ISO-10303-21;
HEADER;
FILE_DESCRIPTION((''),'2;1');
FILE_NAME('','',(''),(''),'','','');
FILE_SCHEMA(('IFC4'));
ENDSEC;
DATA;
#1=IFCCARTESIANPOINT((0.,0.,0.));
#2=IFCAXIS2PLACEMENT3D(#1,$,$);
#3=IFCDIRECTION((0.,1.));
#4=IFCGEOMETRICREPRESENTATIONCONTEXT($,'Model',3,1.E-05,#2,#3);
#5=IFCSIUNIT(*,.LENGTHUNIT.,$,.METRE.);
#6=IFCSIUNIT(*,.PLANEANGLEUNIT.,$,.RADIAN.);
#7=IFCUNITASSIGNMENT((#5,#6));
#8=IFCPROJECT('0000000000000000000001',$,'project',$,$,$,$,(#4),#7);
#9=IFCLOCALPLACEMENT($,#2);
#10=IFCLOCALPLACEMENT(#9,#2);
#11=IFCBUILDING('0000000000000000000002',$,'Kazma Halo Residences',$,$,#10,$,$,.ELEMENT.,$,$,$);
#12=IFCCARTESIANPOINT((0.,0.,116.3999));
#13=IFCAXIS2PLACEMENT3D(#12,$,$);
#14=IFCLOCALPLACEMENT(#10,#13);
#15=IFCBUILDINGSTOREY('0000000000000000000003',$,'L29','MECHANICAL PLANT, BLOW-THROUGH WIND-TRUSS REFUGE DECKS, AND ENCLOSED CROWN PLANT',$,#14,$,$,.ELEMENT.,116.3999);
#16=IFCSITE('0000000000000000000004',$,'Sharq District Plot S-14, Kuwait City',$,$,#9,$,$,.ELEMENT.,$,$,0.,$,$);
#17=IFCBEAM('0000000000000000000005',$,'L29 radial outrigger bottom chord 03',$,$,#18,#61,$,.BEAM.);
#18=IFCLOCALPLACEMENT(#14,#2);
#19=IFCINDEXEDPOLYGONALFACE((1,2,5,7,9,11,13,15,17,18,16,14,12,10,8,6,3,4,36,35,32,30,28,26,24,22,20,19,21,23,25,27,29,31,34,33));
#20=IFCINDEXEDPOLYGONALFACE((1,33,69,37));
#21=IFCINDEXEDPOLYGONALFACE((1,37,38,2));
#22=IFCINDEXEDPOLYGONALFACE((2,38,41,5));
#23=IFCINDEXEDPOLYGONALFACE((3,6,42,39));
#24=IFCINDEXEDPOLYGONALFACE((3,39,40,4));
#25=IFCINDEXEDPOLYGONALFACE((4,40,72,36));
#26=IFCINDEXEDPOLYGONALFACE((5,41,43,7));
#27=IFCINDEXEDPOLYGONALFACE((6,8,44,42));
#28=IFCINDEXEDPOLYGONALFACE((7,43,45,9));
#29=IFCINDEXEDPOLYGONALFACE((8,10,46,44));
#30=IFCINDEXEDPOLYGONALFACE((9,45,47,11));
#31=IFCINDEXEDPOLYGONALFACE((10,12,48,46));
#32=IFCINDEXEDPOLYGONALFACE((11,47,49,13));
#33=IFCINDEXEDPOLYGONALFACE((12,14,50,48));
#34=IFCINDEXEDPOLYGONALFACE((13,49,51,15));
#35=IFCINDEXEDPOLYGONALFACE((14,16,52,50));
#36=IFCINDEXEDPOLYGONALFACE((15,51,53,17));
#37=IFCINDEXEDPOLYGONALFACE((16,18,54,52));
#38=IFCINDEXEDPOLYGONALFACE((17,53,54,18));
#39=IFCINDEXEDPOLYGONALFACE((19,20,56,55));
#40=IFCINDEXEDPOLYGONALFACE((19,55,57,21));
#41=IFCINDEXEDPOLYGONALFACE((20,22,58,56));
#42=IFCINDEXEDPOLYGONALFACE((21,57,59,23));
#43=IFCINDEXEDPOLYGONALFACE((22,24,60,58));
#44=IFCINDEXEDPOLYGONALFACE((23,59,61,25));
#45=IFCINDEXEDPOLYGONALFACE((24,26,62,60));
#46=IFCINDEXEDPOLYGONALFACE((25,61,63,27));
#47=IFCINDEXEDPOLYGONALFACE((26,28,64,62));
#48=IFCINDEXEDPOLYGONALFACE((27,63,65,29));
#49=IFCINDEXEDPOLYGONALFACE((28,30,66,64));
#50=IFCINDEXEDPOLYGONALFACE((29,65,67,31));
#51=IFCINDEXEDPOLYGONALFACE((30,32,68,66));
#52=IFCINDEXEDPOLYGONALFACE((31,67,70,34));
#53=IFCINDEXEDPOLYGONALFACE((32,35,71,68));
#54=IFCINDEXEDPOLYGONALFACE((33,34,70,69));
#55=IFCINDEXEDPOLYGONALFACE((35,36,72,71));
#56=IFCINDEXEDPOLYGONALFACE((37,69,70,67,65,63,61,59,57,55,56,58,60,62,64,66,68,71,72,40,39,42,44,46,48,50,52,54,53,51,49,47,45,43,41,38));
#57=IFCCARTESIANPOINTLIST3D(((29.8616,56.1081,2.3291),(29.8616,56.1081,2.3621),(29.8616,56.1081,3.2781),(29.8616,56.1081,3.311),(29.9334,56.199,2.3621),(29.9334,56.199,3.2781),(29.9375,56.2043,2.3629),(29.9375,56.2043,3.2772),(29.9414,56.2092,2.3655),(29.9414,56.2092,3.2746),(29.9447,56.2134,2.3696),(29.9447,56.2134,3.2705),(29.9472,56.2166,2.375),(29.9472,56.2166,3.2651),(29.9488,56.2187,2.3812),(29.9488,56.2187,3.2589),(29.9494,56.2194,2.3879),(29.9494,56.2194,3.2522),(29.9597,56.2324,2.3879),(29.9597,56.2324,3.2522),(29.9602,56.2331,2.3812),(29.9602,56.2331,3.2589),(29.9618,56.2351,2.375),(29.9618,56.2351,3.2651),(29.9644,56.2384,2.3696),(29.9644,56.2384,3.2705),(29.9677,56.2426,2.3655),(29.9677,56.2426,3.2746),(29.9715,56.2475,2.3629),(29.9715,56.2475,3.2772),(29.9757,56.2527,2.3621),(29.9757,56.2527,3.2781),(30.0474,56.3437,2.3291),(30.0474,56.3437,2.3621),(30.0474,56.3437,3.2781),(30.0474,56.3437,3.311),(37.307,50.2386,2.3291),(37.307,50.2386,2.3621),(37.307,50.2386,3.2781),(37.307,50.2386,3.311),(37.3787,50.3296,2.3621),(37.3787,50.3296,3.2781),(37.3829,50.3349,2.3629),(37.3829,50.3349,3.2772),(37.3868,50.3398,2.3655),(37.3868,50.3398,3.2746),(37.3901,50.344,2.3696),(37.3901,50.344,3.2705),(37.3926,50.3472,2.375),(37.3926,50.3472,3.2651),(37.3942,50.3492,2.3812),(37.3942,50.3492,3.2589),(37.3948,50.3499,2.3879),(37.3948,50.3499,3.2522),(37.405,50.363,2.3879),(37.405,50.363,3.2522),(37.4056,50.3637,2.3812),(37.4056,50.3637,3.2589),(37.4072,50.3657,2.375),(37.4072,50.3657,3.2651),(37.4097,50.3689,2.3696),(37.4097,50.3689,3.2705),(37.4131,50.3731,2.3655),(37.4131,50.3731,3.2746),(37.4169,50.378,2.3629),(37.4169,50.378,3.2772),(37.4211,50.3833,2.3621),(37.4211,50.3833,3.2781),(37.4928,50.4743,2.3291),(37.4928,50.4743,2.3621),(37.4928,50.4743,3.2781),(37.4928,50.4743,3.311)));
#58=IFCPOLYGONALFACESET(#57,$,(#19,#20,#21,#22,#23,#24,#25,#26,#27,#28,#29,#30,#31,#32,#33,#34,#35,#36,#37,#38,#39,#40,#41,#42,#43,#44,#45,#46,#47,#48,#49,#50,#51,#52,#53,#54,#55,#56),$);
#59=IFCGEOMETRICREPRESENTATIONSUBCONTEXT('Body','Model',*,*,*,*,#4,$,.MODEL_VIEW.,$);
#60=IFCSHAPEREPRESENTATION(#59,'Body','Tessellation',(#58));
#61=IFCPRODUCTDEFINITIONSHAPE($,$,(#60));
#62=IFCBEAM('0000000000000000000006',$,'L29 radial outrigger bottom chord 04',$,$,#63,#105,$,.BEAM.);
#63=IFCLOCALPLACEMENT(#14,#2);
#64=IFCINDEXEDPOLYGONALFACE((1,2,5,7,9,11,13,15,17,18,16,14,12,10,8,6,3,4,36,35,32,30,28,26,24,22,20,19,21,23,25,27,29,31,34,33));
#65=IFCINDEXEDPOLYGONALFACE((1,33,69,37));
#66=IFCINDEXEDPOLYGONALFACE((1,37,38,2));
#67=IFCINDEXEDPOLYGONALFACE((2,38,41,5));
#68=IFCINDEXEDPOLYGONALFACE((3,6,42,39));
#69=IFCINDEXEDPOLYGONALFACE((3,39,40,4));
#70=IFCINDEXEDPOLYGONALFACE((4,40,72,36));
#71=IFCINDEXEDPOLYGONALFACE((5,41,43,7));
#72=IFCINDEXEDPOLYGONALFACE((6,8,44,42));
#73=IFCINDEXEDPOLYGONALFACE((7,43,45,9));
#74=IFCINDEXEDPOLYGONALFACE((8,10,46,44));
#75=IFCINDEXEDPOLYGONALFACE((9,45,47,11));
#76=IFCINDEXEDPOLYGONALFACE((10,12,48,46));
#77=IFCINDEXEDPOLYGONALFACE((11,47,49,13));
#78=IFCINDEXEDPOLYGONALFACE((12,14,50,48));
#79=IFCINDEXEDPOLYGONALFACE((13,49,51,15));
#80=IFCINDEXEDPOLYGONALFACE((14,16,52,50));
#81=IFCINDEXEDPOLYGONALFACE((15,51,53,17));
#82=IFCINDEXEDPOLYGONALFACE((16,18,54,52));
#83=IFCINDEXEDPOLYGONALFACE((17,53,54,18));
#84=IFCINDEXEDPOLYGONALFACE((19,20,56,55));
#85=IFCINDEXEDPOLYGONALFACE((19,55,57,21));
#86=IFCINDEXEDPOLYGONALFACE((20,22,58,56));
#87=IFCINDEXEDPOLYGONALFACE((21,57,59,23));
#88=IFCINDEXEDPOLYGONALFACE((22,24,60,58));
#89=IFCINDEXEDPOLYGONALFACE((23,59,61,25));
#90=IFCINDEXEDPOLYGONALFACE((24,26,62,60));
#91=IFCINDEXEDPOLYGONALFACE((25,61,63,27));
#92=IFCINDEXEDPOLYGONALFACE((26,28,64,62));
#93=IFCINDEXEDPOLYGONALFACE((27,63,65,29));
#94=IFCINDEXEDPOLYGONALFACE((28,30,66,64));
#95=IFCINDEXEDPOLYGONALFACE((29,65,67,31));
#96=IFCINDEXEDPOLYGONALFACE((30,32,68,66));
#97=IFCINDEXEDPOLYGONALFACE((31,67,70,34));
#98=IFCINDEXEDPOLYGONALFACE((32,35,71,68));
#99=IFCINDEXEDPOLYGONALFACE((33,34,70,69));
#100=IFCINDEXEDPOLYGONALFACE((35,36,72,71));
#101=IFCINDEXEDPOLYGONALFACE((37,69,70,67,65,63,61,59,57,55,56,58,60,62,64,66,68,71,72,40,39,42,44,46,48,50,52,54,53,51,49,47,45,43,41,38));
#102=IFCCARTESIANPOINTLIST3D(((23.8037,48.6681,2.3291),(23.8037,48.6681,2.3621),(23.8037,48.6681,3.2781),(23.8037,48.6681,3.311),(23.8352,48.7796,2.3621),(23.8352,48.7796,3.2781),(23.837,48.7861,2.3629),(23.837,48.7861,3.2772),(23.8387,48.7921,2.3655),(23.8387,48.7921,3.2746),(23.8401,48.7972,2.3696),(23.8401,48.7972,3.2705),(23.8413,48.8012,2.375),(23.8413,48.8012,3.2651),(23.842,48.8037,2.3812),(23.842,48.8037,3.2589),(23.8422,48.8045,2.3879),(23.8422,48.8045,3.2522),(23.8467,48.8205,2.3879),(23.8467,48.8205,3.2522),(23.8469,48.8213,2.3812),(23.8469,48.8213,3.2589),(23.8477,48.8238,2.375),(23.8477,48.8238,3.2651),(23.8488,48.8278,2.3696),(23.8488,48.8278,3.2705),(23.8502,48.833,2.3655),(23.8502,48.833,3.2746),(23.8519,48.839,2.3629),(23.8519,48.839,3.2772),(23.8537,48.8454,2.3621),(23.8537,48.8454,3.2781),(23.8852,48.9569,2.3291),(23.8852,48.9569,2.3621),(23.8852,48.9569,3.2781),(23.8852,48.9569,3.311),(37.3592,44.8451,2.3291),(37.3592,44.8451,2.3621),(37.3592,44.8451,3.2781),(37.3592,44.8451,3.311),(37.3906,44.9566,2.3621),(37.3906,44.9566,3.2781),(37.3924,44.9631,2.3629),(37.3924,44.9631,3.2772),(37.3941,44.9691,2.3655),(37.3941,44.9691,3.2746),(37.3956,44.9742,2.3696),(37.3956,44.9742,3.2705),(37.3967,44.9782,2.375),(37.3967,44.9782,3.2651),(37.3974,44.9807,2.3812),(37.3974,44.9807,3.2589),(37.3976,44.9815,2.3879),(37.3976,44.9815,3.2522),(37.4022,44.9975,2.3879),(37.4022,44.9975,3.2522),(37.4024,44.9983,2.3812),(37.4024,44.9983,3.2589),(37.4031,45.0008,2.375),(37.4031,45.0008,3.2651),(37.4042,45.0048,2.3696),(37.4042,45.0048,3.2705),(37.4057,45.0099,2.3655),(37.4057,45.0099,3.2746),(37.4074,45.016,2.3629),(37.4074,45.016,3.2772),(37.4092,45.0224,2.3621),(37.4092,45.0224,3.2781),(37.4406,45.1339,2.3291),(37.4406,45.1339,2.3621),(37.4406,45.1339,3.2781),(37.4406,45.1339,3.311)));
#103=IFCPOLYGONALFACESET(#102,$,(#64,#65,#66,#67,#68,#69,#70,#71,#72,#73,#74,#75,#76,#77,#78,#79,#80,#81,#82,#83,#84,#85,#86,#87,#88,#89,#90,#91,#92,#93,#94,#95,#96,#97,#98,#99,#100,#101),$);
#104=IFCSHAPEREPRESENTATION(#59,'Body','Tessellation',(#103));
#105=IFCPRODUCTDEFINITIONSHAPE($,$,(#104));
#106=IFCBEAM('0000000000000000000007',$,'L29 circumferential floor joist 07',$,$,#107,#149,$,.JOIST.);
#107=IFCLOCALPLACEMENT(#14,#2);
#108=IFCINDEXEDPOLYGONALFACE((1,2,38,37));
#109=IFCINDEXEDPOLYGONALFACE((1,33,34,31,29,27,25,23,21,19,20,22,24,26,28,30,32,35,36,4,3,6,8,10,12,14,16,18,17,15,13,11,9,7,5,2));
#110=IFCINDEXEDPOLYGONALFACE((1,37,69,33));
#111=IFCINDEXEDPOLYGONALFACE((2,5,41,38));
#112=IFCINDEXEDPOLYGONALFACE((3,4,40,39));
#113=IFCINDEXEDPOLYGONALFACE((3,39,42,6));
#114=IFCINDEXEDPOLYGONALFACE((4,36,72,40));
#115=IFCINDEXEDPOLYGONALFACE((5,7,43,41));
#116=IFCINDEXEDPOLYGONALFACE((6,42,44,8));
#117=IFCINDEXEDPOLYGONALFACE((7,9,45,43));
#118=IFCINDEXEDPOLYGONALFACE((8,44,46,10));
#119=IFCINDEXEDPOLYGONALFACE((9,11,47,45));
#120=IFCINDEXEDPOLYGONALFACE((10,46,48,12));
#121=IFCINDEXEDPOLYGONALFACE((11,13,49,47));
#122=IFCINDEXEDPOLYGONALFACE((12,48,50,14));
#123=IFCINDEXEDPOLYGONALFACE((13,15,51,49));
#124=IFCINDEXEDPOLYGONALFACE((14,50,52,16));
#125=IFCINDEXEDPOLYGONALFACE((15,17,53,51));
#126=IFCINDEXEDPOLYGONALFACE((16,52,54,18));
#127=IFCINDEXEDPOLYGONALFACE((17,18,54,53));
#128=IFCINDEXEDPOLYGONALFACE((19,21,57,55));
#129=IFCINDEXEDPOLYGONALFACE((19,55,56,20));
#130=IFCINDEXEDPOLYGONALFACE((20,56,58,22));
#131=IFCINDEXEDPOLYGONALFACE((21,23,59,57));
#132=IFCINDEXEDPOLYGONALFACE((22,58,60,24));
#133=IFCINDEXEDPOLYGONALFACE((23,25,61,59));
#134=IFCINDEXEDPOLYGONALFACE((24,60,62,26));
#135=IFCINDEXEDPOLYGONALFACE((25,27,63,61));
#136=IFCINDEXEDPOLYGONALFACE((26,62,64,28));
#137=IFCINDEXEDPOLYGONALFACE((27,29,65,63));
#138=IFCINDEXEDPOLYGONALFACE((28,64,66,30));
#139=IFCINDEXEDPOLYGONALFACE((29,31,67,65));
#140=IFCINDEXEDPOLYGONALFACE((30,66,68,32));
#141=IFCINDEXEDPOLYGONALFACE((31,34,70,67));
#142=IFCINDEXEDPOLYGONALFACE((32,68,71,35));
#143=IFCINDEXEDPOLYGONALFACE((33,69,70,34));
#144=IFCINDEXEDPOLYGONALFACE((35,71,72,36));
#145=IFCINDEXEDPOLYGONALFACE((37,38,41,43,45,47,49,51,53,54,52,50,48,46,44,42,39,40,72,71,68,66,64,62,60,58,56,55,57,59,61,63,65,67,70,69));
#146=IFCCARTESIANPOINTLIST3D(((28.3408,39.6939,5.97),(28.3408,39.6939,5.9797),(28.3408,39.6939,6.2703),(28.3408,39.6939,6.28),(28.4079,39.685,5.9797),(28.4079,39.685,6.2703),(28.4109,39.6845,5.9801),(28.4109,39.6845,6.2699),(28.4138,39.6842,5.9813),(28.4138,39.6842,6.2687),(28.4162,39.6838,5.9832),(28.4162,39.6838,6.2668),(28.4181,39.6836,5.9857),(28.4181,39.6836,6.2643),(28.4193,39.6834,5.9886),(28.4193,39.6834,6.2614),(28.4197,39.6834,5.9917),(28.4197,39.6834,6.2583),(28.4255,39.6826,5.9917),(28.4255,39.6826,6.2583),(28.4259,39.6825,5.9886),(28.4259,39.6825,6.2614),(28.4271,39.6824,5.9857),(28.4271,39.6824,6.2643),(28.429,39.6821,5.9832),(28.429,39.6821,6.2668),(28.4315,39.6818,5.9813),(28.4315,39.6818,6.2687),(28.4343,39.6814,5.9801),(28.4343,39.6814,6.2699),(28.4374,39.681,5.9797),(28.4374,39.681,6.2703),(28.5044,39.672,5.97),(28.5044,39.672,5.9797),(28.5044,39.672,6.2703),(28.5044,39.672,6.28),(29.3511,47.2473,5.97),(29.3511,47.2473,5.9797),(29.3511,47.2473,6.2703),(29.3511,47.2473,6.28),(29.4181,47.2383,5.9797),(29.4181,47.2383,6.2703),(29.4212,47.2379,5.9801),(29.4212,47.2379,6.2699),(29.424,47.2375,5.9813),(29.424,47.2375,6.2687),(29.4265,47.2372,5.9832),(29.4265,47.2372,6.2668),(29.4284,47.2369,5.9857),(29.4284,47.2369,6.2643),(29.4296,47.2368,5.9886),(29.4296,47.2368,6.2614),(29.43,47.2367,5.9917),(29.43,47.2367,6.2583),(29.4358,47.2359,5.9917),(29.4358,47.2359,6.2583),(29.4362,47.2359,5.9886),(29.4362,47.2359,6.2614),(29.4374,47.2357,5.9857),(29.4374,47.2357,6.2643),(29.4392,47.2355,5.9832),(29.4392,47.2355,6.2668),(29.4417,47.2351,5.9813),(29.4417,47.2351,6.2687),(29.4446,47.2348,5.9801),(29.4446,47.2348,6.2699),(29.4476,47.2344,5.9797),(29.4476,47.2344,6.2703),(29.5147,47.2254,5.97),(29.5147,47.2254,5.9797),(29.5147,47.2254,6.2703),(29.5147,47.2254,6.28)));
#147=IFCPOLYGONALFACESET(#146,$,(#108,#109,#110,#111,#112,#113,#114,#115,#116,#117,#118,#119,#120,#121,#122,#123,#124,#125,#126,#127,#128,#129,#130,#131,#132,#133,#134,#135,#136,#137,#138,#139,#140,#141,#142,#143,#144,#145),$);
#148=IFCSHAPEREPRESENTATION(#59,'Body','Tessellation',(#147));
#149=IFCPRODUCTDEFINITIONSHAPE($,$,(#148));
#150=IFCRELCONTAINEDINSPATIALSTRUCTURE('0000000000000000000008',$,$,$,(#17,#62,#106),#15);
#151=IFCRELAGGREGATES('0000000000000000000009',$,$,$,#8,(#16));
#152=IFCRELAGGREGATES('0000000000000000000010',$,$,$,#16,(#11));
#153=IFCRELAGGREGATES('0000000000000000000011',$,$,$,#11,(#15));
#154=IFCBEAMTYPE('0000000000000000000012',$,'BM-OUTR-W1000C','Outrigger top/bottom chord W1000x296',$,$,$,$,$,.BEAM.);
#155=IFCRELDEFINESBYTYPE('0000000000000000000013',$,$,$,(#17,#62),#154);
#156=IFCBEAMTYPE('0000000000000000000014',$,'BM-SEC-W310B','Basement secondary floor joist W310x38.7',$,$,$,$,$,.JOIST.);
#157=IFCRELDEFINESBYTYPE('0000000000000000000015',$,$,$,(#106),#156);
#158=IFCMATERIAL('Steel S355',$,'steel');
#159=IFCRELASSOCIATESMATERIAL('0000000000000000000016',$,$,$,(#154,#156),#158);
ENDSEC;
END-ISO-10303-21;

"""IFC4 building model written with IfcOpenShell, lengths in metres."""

from ifc_helpers import new_model, si_unit, direction, frame, origin, origin_2d, place, context, subcontext, project, spatial, i_section, extrude, material, material_profile, profile_set, type_object, element, save


model = new_model("IFC4")

# Units and contexts
model_context = context("Model", 3, precision=1e-05, world=origin(), true_north=direction((0.0, 1.0)))
body_context = subcontext(model_context, "Body", "Model", "MODEL_VIEW")
ifc_project = project(units=[si_unit("LENGTHUNIT", "METRE"), si_unit("PLANEANGLEUNIT", "RADIAN")], contexts=[model_context])

# Site, building, storey
site_placement = place(None, origin())
site = spatial("IfcSite", under=ifc_project, at=site_placement, Name="Sharq District Plot S-14, Kuwait City", CompositionType="ELEMENT", RefElevation=0.0)
building_placement = place(site_placement, origin())
building = spatial("IfcBuilding", under=site, at=building_placement, Name="Kazma Halo Residences", CompositionType="ELEMENT")
storey_placement = place(building_placement, frame((0.0, 0.0, 116.3999)))
storey = spatial("IfcBuildingStorey", under=building, at=storey_placement, Name="L29", Description="MECHANICAL PLANT, BLOW-THROUGH WIND-TRUSS REFUGE DECKS, AND ENCLOSED CROWN PLANT", CompositionType="ELEMENT", Elevation=116.3999)

# Beams
ifc_material_1 = material(Name="Steel S355", Category="steel")
ifc_material_profile_1 = material_profile(ifc_material_1, i_section(OverallWidth=0.3, OverallDepth=0.9819, WebThickness=0.0166, FlangeThickness=0.033, FilletRadius=0.0259, at=origin_2d()), Name="W1000x296")
ifc_profile_set_1 = profile_set([ifc_material_profile_1], Name="Steel S355")
beam_type_1 = type_object("IfcBeamType", Name="BM-OUTR-W1000C", Description="Outrigger top/bottom chord W1000x296", PredefinedType="BEAM", material=ifc_profile_set_1)
beam_1_placement = place(storey_placement, frame((37.3999, 50.3564, 2.8201), z_axis=(-0.785318, 0.619092, 0.0), x_axis=(-0.619092, -0.785318, 0.0)))
element("IfcBeam", 1, at=beam_1_placement, inside=storey, type_object=beam_type_1, Name="L29 radial outrigger bottom chord 03", PredefinedType="BEAM", context=body_context, shape_type="SweptSolid", body=[
    extrude(i_section(OverallWidth=0.3, OverallDepth=0.9819, WebThickness=0.0166, FlangeThickness=0.033, FilletRadius=0.0259, at=origin_2d()), origin(), (0.0, 0.0, 1.0), 9.4807),
])
beam_2_placement = place(storey_placement, frame((37.3999, 44.9895, 2.8201), z_axis=(-0.962456, 0.271439, 0.0), x_axis=(-0.271439, -0.962456, 0.0)))
element("IfcBeam", 2, at=beam_2_placement, inside=storey, type_object=beam_type_1, Name="L29 radial outrigger bottom chord 04", PredefinedType="BEAM", context=body_context, shape_type="SweptSolid", body=[
    extrude(i_section(OverallWidth=0.3, OverallDepth=0.9819, WebThickness=0.0166, FlangeThickness=0.033, FilletRadius=0.0259, at=origin_2d()), origin(), (0.0, 0.0, 1.0), 14.0842),
])
ifc_material_profile_2 = material_profile(ifc_material_1, i_section(OverallWidth=0.165, OverallDepth=0.3101, WebThickness=0.0059, FlangeThickness=0.0098, FilletRadius=0.012, at=origin_2d()), Name="W310x38.7")
ifc_profile_set_2 = profile_set([ifc_material_profile_2], Name="Steel S355")
beam_type_2 = type_object("IfcBeamType", Name="BM-SEC-W310B", Description="Basement secondary floor joist W310x38.7", PredefinedType="JOIST", material=ifc_profile_set_2)
beam_3_placement = place(storey_placement, frame((29.4329, 47.2363, 6.125), z_axis=(-0.132567, -0.991174, 0.0), x_axis=(0.991174, -0.132567, 0.0)))
element("IfcBeam", 3, at=beam_3_placement, inside=storey, type_object=beam_type_2, Name="L29 circumferential floor joist 07", PredefinedType="JOIST", context=body_context, shape_type="SweptSolid", body=[
    extrude(i_section(OverallWidth=0.165, OverallDepth=0.3101, WebThickness=0.0059, FlangeThickness=0.0098, FilletRadius=0.012, at=origin_2d()), origin(), (0.0, 0.0, 1.0), 7.6206),
])

save(model, "model.ifc")
